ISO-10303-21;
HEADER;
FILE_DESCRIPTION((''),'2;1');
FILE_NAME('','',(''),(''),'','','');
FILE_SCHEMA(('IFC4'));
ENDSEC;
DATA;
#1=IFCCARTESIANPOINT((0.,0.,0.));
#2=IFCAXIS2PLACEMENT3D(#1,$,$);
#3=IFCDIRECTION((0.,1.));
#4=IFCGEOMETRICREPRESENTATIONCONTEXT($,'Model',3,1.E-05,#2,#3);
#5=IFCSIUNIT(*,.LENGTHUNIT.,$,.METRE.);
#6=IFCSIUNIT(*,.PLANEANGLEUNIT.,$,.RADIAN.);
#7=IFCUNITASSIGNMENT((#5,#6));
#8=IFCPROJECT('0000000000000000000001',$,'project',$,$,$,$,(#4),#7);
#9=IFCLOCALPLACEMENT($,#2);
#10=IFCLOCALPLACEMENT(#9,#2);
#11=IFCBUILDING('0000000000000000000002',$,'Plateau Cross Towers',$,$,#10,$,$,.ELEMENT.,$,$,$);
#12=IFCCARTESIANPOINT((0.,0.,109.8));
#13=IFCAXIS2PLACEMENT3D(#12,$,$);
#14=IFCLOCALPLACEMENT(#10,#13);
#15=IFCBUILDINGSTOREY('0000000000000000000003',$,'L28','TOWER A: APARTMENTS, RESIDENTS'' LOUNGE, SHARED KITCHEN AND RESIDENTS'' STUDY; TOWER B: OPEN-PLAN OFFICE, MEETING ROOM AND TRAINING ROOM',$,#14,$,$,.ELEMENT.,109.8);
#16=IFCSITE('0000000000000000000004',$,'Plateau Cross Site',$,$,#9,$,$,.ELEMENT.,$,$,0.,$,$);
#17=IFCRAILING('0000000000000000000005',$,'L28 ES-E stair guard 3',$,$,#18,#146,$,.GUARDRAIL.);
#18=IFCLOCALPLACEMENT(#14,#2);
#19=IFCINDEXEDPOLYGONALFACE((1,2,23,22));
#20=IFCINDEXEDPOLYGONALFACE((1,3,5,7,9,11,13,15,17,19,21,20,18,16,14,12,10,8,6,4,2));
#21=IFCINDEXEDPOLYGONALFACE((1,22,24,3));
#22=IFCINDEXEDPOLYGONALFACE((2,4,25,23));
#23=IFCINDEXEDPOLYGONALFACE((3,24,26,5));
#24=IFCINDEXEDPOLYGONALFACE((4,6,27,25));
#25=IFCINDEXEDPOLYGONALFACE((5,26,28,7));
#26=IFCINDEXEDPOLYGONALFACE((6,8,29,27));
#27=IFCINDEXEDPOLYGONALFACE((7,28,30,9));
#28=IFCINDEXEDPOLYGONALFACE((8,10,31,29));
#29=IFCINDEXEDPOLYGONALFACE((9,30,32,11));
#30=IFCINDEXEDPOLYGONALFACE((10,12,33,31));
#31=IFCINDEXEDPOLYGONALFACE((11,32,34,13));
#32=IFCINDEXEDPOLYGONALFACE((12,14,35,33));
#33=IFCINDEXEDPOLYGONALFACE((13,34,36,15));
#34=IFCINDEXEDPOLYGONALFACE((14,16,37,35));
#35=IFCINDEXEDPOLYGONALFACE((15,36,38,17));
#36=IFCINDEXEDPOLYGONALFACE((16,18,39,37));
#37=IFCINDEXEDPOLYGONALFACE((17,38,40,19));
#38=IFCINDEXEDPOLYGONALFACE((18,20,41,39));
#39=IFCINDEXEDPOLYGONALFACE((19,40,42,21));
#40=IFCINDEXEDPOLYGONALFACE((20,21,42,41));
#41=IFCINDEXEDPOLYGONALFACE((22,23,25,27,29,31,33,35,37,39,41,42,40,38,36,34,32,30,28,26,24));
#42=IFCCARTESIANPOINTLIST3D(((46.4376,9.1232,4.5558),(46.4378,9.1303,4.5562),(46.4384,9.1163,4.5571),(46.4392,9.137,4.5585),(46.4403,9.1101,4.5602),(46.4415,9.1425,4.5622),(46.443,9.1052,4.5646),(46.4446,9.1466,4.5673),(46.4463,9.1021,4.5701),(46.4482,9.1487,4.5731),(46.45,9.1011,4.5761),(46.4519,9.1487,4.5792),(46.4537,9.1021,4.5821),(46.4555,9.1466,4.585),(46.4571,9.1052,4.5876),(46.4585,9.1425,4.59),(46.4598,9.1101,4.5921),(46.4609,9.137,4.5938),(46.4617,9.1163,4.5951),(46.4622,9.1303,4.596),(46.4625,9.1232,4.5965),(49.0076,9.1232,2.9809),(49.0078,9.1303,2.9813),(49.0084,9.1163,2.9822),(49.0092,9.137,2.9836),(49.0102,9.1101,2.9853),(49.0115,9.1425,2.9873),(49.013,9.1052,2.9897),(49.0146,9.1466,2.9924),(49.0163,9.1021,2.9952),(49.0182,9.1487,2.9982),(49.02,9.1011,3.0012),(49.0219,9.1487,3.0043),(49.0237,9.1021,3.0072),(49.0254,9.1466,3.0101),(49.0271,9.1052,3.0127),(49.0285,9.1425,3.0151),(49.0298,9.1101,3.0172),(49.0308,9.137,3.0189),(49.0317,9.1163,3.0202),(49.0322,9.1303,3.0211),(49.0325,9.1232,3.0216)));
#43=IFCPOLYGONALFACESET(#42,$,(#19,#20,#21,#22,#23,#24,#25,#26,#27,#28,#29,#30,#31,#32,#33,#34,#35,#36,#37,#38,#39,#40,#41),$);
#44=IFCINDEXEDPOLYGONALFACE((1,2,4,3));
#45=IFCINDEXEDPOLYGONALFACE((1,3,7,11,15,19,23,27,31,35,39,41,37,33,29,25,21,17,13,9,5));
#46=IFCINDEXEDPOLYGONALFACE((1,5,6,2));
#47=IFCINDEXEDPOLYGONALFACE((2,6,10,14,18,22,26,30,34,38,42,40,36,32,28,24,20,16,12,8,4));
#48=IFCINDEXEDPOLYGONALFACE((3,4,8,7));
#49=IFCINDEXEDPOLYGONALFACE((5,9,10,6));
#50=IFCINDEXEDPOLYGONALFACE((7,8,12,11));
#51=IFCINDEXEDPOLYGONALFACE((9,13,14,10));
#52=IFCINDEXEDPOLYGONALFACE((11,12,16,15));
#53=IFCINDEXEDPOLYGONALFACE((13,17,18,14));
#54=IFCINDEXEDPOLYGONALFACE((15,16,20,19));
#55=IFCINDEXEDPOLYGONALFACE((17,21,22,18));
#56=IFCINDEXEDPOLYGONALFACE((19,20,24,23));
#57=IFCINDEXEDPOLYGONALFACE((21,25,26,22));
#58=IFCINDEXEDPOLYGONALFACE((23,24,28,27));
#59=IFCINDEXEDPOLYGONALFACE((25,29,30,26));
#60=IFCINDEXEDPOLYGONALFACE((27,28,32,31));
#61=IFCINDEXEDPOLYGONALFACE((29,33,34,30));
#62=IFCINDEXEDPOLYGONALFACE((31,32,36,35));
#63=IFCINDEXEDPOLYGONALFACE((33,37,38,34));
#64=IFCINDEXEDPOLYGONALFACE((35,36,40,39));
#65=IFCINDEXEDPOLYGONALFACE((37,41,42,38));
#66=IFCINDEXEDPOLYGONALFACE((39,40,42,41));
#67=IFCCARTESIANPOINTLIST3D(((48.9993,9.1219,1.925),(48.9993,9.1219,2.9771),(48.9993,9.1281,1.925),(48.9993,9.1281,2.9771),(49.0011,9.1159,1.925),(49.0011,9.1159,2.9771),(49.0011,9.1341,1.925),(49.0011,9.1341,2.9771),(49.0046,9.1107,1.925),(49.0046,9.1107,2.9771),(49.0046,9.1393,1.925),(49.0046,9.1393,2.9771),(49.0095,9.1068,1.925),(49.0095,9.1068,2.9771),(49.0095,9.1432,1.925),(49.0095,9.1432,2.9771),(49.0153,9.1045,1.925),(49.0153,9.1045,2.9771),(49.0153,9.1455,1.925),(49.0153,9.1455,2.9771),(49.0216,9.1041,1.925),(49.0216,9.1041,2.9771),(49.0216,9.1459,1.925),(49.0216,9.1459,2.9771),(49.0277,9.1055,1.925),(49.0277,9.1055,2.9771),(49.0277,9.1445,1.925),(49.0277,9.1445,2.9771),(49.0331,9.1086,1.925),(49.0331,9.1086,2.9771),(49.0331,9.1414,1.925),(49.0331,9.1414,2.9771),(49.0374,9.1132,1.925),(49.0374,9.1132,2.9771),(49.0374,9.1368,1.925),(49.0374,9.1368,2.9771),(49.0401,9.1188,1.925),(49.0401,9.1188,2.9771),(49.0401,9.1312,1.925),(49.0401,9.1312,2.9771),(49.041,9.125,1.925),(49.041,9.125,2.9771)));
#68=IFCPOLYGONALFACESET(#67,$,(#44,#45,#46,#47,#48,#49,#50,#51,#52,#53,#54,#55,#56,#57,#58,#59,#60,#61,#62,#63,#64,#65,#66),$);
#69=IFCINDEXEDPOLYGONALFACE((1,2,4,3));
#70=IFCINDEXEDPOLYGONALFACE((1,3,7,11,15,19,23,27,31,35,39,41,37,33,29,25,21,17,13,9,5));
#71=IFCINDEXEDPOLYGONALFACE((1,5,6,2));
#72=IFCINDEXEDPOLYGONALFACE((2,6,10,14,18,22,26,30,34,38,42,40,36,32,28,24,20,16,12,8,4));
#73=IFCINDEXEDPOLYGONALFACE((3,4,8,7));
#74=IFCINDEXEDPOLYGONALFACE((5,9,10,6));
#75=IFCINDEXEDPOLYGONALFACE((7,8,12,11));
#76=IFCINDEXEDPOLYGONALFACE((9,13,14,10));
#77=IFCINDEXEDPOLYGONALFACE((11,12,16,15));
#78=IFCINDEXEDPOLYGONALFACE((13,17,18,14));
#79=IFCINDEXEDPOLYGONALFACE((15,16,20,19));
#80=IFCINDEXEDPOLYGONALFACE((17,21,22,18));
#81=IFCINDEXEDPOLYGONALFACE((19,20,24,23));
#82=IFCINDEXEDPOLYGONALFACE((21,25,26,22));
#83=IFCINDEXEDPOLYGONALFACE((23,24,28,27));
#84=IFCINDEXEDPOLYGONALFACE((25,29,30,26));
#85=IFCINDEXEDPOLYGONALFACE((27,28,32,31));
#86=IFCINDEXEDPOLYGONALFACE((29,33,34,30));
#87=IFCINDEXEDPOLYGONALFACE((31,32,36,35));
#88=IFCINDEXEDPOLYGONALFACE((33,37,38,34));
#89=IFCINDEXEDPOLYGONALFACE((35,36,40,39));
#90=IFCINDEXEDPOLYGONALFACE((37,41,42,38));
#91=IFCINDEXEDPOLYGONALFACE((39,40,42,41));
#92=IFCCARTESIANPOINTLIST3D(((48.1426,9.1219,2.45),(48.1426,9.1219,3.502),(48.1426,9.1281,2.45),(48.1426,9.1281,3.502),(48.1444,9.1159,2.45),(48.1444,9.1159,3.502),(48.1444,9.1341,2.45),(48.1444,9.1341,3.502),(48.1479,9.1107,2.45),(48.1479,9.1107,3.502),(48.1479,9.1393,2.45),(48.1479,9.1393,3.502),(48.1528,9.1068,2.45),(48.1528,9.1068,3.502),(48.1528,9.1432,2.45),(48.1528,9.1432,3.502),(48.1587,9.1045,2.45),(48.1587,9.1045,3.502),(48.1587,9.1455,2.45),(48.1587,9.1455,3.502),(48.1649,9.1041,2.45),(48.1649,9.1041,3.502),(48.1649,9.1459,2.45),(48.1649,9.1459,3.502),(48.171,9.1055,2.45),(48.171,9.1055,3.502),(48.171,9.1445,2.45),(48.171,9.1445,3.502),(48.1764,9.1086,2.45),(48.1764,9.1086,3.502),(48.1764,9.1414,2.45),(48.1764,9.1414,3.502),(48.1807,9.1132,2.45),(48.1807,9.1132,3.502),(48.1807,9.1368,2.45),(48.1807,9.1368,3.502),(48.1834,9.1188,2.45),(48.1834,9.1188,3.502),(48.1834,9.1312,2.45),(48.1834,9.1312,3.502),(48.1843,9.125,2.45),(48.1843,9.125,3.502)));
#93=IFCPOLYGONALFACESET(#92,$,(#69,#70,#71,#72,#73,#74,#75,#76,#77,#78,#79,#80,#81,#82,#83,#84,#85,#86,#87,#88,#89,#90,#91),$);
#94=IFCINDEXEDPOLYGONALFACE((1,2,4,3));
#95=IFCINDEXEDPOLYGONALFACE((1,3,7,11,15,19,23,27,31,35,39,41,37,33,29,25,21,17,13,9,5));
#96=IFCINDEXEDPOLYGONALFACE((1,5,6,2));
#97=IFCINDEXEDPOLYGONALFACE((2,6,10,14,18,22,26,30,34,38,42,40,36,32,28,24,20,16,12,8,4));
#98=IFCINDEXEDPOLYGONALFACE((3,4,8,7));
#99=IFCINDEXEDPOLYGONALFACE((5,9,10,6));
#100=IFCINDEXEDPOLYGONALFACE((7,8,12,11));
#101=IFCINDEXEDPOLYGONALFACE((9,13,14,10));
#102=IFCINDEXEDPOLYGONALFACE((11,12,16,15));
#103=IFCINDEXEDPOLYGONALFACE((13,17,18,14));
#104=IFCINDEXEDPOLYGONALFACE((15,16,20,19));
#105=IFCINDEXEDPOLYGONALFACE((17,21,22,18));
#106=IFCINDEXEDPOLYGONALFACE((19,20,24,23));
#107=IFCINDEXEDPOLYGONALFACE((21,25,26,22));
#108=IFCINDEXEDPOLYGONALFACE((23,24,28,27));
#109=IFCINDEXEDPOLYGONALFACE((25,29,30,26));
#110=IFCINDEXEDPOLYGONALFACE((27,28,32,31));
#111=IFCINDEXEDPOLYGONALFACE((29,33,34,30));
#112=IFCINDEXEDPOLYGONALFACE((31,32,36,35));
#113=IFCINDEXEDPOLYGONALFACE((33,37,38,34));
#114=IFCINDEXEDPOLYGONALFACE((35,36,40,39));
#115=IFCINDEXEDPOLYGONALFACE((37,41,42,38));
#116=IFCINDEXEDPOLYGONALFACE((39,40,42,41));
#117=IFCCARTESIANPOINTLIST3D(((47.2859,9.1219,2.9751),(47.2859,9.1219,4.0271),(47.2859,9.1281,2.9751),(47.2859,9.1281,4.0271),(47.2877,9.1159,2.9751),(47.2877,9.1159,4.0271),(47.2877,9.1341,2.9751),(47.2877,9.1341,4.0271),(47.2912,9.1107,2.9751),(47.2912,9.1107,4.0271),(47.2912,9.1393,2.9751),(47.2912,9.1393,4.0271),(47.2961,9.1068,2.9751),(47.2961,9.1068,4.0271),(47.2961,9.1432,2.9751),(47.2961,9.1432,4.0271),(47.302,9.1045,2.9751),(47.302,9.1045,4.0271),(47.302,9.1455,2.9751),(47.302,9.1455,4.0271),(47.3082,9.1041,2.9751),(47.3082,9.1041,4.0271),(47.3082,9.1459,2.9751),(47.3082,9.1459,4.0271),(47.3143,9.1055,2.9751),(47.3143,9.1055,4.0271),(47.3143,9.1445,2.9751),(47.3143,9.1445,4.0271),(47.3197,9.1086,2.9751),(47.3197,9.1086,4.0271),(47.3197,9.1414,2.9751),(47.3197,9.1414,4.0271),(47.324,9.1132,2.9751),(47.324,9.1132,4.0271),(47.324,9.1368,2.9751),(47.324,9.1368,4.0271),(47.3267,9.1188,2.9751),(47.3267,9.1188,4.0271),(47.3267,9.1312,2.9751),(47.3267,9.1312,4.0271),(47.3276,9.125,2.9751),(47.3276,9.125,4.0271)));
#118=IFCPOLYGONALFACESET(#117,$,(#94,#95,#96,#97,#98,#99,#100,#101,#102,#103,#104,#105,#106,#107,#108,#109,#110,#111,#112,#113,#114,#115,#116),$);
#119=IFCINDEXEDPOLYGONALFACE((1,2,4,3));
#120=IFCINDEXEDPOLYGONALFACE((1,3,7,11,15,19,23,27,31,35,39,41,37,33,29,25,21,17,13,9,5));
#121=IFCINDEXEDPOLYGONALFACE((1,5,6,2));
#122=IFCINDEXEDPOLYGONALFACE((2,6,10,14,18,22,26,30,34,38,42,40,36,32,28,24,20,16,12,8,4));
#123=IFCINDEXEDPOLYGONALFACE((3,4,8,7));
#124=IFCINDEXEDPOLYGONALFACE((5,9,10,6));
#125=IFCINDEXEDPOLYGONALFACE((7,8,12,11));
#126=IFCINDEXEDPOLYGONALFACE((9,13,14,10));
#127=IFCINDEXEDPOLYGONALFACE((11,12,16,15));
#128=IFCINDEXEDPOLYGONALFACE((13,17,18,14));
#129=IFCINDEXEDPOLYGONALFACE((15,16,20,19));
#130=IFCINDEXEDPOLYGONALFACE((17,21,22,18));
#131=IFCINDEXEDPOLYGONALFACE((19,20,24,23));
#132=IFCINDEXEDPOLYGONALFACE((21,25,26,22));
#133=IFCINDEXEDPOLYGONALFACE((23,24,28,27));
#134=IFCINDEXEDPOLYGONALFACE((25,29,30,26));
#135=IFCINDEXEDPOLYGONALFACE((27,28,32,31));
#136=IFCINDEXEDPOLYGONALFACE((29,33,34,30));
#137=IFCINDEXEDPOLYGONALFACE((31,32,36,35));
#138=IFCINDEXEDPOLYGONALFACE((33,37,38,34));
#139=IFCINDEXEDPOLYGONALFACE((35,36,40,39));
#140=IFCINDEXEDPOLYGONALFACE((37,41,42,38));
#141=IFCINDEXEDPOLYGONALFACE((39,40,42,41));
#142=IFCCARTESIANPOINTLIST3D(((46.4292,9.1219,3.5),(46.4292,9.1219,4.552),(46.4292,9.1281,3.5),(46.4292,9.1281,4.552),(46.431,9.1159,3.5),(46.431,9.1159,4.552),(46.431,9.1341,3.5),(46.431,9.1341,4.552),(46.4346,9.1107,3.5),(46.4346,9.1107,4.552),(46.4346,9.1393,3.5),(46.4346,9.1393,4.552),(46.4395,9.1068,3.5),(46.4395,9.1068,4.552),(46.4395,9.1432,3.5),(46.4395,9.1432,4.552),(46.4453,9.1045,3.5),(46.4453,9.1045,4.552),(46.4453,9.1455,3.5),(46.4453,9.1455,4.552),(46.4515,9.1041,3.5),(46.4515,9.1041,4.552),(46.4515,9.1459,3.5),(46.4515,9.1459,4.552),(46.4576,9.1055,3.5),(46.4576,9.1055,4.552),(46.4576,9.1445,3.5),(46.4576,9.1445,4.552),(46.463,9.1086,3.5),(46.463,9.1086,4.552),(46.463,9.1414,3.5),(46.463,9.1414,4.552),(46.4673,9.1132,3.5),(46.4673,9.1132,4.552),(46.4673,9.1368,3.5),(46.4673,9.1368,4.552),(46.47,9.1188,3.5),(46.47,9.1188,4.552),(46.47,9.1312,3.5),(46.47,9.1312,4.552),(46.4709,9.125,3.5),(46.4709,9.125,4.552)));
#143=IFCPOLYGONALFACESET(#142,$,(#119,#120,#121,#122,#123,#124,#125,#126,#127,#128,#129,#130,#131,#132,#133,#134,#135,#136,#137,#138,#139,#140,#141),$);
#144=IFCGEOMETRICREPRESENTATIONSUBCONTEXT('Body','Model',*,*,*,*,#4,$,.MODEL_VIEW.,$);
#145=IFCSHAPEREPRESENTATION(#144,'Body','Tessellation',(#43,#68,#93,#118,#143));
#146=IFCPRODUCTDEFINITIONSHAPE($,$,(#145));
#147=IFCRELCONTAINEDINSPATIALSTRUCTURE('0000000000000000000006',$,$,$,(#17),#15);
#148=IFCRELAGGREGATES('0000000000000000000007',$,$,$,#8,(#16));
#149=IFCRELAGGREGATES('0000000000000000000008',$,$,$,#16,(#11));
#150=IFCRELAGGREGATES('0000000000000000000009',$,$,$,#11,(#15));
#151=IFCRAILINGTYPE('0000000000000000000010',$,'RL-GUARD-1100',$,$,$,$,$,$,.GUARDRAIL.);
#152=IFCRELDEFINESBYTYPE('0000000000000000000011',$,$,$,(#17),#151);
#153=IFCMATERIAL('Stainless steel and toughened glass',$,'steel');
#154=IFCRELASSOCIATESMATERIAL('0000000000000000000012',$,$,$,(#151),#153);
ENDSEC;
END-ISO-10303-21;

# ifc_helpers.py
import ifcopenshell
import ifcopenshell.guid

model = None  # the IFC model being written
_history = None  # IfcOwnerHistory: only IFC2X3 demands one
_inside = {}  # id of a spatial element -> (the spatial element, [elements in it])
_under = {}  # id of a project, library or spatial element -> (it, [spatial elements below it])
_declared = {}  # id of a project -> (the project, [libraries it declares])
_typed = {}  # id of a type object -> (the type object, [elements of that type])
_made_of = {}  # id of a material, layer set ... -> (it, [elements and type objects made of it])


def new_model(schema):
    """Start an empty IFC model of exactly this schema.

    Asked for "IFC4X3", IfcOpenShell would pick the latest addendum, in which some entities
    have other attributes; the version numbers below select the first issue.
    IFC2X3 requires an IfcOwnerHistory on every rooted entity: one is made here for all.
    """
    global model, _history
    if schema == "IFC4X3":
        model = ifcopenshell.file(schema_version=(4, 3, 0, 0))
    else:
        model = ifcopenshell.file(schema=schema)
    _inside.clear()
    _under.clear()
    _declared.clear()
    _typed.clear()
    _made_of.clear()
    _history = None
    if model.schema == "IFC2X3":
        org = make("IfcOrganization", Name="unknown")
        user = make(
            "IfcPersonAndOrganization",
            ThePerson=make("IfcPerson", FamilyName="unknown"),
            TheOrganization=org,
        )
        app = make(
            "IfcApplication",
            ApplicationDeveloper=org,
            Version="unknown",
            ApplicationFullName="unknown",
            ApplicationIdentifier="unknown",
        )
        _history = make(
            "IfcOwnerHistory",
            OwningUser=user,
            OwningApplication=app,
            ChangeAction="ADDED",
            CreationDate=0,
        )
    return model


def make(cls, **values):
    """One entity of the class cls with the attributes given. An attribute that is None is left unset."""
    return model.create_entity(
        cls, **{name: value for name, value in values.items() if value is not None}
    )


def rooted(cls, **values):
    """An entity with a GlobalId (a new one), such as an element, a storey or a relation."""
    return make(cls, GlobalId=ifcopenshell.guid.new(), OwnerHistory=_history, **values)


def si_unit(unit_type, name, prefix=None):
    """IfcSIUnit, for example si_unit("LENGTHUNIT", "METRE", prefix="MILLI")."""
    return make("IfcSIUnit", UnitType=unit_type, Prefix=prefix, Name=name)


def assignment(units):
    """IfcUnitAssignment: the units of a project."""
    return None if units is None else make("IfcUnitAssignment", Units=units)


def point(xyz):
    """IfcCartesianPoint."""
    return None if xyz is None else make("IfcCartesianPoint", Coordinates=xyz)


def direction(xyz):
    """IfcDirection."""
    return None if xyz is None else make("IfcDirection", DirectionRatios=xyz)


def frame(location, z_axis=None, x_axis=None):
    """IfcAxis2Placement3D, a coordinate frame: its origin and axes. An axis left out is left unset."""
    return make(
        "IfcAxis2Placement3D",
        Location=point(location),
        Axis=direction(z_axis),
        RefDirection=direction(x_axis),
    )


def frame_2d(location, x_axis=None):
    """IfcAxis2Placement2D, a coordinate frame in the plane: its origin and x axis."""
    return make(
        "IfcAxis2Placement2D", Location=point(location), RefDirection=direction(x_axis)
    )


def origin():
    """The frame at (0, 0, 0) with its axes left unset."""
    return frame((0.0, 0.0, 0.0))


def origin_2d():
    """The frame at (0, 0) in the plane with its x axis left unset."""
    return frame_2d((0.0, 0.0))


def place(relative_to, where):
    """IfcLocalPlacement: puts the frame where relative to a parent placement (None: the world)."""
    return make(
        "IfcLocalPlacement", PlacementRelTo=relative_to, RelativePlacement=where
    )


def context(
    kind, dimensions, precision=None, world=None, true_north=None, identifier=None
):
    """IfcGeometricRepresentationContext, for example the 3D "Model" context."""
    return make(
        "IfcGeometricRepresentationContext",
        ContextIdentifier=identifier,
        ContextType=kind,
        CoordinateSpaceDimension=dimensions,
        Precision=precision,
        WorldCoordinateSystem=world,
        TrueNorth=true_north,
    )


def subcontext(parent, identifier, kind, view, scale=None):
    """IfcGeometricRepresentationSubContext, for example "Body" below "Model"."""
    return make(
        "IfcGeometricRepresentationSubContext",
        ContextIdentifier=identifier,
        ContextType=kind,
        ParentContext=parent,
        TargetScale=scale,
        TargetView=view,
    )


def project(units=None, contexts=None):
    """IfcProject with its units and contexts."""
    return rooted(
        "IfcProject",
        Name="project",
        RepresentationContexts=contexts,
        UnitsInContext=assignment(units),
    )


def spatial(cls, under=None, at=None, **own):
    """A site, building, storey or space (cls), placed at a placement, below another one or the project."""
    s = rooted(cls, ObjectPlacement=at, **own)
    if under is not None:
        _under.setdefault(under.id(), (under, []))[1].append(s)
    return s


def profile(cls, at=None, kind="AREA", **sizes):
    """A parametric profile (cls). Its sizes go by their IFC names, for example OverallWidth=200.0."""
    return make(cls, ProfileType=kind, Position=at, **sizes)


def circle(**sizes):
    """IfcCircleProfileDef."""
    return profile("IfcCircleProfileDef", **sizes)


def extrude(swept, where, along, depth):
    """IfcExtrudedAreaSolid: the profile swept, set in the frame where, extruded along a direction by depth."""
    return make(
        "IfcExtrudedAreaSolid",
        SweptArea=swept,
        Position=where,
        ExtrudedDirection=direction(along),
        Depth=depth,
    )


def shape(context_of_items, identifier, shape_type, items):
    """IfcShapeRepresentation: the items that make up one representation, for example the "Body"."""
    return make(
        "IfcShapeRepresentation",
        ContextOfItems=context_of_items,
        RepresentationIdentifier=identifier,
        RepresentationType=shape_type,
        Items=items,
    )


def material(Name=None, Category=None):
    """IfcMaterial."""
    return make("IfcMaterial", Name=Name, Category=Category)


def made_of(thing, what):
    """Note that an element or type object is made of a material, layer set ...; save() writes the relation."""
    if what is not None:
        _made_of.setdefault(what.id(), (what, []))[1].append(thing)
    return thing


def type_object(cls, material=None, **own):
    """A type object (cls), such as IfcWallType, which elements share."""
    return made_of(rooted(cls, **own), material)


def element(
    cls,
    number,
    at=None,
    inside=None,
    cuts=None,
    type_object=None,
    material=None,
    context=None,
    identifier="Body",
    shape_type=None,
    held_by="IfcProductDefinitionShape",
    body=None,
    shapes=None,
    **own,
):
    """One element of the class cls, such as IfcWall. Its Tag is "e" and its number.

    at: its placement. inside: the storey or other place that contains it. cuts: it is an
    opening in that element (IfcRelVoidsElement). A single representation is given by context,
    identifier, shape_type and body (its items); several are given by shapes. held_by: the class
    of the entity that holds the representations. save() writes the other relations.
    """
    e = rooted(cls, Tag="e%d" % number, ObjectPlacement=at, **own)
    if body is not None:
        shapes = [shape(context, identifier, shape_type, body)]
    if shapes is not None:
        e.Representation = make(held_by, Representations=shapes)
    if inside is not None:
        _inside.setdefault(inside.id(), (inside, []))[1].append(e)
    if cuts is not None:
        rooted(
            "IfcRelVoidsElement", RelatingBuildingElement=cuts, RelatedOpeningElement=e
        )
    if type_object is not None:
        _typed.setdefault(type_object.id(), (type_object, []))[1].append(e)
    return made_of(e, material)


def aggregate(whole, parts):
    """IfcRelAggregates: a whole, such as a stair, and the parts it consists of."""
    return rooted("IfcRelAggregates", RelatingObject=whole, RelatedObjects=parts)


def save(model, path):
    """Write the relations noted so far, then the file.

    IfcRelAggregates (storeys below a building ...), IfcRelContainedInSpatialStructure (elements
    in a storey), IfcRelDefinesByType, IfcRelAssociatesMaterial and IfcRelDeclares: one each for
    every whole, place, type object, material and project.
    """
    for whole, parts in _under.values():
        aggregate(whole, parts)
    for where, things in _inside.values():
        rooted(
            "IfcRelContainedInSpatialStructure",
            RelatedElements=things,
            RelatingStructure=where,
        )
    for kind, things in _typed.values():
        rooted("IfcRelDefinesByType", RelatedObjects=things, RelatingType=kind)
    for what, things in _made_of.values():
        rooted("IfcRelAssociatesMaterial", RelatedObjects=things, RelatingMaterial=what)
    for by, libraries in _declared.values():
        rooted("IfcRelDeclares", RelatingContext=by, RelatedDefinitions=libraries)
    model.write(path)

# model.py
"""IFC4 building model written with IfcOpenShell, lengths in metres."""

from ifc_helpers import new_model, si_unit, direction, frame, origin, origin_2d, place, context, subcontext, project, spatial, circle, extrude, material, type_object, element, save


model = new_model("IFC4")

# Units and contexts
model_context = context("Model", 3, precision=1e-05, world=origin(), true_north=direction((0.0, 1.0)))
body_context = subcontext(model_context, "Body", "Model", "MODEL_VIEW")
ifc_project = project(units=[si_unit("LENGTHUNIT", "METRE"), si_unit("PLANEANGLEUNIT", "RADIAN")], contexts=[model_context])

# Site, building, storey
site_placement = place(None, origin())
site = spatial("IfcSite", under=ifc_project, at=site_placement, Name="Plateau Cross Site", CompositionType="ELEMENT", RefElevation=0.0)
building_placement = place(site_placement, origin())
building = spatial("IfcBuilding", under=site, at=building_placement, Name="Plateau Cross Towers", CompositionType="ELEMENT")
storey_placement = place(building_placement, frame((0.0, 0.0, 109.8)))
storey = spatial("IfcBuildingStorey", under=building, at=storey_placement, Name="L28", Description="TOWER A: APARTMENTS, RESIDENTS' LOUNGE, SHARED KITCHEN AND RESIDENTS' STUDY; TOWER B: OPEN-PLAN OFFICE, MEETING ROOM AND TRAINING ROOM", CompositionType="ELEMENT", Elevation=109.8)

# Railing
ifc_material_1 = material(Name="Stainless steel and toughened glass", Category="steel")
railing_type_1 = type_object("IfcRailingType", Name="RL-GUARD-1100", PredefinedType="GUARDRAIL", material=ifc_material_1)
railing_1_placement = place(storey_placement, frame((49.02, 9.125, 1.925)))
element("IfcRailing", 1, at=railing_1_placement, inside=storey, type_object=railing_type_1, Name="L28 ES-E stair guard 3", PredefinedType="GUARDRAIL", context=body_context, shape_type="SweptSolid", body=[
    extrude(circle(Radius=0.0239, at=origin_2d()), frame((0.0, 0.0, 1.0762), z_axis=(-0.852639, 0.0, 0.522501), x_axis=(0.0, -1.0, 0.0)), (0.0, 0.0, 1.0), 3.0142),
    extrude(circle(Radius=0.021, at=origin_2d()), origin(), (0.0, 0.0, 1.0), 1.052),
    extrude(circle(Radius=0.021, at=origin_2d()), frame((-0.8567, 0.0, 0.5249)), (0.0, 0.0, 1.0), 1.052),
    extrude(circle(Radius=0.021, at=origin_2d()), frame((-1.7134, 0.0, 1.05)), (0.0, 0.0, 1.0), 1.052),
    extrude(circle(Radius=0.021, at=origin_2d()), frame((-2.5701, 0.0, 1.575)), (0.0, 0.0, 1.0), 1.052),
])

save(model, "model.ifc")
